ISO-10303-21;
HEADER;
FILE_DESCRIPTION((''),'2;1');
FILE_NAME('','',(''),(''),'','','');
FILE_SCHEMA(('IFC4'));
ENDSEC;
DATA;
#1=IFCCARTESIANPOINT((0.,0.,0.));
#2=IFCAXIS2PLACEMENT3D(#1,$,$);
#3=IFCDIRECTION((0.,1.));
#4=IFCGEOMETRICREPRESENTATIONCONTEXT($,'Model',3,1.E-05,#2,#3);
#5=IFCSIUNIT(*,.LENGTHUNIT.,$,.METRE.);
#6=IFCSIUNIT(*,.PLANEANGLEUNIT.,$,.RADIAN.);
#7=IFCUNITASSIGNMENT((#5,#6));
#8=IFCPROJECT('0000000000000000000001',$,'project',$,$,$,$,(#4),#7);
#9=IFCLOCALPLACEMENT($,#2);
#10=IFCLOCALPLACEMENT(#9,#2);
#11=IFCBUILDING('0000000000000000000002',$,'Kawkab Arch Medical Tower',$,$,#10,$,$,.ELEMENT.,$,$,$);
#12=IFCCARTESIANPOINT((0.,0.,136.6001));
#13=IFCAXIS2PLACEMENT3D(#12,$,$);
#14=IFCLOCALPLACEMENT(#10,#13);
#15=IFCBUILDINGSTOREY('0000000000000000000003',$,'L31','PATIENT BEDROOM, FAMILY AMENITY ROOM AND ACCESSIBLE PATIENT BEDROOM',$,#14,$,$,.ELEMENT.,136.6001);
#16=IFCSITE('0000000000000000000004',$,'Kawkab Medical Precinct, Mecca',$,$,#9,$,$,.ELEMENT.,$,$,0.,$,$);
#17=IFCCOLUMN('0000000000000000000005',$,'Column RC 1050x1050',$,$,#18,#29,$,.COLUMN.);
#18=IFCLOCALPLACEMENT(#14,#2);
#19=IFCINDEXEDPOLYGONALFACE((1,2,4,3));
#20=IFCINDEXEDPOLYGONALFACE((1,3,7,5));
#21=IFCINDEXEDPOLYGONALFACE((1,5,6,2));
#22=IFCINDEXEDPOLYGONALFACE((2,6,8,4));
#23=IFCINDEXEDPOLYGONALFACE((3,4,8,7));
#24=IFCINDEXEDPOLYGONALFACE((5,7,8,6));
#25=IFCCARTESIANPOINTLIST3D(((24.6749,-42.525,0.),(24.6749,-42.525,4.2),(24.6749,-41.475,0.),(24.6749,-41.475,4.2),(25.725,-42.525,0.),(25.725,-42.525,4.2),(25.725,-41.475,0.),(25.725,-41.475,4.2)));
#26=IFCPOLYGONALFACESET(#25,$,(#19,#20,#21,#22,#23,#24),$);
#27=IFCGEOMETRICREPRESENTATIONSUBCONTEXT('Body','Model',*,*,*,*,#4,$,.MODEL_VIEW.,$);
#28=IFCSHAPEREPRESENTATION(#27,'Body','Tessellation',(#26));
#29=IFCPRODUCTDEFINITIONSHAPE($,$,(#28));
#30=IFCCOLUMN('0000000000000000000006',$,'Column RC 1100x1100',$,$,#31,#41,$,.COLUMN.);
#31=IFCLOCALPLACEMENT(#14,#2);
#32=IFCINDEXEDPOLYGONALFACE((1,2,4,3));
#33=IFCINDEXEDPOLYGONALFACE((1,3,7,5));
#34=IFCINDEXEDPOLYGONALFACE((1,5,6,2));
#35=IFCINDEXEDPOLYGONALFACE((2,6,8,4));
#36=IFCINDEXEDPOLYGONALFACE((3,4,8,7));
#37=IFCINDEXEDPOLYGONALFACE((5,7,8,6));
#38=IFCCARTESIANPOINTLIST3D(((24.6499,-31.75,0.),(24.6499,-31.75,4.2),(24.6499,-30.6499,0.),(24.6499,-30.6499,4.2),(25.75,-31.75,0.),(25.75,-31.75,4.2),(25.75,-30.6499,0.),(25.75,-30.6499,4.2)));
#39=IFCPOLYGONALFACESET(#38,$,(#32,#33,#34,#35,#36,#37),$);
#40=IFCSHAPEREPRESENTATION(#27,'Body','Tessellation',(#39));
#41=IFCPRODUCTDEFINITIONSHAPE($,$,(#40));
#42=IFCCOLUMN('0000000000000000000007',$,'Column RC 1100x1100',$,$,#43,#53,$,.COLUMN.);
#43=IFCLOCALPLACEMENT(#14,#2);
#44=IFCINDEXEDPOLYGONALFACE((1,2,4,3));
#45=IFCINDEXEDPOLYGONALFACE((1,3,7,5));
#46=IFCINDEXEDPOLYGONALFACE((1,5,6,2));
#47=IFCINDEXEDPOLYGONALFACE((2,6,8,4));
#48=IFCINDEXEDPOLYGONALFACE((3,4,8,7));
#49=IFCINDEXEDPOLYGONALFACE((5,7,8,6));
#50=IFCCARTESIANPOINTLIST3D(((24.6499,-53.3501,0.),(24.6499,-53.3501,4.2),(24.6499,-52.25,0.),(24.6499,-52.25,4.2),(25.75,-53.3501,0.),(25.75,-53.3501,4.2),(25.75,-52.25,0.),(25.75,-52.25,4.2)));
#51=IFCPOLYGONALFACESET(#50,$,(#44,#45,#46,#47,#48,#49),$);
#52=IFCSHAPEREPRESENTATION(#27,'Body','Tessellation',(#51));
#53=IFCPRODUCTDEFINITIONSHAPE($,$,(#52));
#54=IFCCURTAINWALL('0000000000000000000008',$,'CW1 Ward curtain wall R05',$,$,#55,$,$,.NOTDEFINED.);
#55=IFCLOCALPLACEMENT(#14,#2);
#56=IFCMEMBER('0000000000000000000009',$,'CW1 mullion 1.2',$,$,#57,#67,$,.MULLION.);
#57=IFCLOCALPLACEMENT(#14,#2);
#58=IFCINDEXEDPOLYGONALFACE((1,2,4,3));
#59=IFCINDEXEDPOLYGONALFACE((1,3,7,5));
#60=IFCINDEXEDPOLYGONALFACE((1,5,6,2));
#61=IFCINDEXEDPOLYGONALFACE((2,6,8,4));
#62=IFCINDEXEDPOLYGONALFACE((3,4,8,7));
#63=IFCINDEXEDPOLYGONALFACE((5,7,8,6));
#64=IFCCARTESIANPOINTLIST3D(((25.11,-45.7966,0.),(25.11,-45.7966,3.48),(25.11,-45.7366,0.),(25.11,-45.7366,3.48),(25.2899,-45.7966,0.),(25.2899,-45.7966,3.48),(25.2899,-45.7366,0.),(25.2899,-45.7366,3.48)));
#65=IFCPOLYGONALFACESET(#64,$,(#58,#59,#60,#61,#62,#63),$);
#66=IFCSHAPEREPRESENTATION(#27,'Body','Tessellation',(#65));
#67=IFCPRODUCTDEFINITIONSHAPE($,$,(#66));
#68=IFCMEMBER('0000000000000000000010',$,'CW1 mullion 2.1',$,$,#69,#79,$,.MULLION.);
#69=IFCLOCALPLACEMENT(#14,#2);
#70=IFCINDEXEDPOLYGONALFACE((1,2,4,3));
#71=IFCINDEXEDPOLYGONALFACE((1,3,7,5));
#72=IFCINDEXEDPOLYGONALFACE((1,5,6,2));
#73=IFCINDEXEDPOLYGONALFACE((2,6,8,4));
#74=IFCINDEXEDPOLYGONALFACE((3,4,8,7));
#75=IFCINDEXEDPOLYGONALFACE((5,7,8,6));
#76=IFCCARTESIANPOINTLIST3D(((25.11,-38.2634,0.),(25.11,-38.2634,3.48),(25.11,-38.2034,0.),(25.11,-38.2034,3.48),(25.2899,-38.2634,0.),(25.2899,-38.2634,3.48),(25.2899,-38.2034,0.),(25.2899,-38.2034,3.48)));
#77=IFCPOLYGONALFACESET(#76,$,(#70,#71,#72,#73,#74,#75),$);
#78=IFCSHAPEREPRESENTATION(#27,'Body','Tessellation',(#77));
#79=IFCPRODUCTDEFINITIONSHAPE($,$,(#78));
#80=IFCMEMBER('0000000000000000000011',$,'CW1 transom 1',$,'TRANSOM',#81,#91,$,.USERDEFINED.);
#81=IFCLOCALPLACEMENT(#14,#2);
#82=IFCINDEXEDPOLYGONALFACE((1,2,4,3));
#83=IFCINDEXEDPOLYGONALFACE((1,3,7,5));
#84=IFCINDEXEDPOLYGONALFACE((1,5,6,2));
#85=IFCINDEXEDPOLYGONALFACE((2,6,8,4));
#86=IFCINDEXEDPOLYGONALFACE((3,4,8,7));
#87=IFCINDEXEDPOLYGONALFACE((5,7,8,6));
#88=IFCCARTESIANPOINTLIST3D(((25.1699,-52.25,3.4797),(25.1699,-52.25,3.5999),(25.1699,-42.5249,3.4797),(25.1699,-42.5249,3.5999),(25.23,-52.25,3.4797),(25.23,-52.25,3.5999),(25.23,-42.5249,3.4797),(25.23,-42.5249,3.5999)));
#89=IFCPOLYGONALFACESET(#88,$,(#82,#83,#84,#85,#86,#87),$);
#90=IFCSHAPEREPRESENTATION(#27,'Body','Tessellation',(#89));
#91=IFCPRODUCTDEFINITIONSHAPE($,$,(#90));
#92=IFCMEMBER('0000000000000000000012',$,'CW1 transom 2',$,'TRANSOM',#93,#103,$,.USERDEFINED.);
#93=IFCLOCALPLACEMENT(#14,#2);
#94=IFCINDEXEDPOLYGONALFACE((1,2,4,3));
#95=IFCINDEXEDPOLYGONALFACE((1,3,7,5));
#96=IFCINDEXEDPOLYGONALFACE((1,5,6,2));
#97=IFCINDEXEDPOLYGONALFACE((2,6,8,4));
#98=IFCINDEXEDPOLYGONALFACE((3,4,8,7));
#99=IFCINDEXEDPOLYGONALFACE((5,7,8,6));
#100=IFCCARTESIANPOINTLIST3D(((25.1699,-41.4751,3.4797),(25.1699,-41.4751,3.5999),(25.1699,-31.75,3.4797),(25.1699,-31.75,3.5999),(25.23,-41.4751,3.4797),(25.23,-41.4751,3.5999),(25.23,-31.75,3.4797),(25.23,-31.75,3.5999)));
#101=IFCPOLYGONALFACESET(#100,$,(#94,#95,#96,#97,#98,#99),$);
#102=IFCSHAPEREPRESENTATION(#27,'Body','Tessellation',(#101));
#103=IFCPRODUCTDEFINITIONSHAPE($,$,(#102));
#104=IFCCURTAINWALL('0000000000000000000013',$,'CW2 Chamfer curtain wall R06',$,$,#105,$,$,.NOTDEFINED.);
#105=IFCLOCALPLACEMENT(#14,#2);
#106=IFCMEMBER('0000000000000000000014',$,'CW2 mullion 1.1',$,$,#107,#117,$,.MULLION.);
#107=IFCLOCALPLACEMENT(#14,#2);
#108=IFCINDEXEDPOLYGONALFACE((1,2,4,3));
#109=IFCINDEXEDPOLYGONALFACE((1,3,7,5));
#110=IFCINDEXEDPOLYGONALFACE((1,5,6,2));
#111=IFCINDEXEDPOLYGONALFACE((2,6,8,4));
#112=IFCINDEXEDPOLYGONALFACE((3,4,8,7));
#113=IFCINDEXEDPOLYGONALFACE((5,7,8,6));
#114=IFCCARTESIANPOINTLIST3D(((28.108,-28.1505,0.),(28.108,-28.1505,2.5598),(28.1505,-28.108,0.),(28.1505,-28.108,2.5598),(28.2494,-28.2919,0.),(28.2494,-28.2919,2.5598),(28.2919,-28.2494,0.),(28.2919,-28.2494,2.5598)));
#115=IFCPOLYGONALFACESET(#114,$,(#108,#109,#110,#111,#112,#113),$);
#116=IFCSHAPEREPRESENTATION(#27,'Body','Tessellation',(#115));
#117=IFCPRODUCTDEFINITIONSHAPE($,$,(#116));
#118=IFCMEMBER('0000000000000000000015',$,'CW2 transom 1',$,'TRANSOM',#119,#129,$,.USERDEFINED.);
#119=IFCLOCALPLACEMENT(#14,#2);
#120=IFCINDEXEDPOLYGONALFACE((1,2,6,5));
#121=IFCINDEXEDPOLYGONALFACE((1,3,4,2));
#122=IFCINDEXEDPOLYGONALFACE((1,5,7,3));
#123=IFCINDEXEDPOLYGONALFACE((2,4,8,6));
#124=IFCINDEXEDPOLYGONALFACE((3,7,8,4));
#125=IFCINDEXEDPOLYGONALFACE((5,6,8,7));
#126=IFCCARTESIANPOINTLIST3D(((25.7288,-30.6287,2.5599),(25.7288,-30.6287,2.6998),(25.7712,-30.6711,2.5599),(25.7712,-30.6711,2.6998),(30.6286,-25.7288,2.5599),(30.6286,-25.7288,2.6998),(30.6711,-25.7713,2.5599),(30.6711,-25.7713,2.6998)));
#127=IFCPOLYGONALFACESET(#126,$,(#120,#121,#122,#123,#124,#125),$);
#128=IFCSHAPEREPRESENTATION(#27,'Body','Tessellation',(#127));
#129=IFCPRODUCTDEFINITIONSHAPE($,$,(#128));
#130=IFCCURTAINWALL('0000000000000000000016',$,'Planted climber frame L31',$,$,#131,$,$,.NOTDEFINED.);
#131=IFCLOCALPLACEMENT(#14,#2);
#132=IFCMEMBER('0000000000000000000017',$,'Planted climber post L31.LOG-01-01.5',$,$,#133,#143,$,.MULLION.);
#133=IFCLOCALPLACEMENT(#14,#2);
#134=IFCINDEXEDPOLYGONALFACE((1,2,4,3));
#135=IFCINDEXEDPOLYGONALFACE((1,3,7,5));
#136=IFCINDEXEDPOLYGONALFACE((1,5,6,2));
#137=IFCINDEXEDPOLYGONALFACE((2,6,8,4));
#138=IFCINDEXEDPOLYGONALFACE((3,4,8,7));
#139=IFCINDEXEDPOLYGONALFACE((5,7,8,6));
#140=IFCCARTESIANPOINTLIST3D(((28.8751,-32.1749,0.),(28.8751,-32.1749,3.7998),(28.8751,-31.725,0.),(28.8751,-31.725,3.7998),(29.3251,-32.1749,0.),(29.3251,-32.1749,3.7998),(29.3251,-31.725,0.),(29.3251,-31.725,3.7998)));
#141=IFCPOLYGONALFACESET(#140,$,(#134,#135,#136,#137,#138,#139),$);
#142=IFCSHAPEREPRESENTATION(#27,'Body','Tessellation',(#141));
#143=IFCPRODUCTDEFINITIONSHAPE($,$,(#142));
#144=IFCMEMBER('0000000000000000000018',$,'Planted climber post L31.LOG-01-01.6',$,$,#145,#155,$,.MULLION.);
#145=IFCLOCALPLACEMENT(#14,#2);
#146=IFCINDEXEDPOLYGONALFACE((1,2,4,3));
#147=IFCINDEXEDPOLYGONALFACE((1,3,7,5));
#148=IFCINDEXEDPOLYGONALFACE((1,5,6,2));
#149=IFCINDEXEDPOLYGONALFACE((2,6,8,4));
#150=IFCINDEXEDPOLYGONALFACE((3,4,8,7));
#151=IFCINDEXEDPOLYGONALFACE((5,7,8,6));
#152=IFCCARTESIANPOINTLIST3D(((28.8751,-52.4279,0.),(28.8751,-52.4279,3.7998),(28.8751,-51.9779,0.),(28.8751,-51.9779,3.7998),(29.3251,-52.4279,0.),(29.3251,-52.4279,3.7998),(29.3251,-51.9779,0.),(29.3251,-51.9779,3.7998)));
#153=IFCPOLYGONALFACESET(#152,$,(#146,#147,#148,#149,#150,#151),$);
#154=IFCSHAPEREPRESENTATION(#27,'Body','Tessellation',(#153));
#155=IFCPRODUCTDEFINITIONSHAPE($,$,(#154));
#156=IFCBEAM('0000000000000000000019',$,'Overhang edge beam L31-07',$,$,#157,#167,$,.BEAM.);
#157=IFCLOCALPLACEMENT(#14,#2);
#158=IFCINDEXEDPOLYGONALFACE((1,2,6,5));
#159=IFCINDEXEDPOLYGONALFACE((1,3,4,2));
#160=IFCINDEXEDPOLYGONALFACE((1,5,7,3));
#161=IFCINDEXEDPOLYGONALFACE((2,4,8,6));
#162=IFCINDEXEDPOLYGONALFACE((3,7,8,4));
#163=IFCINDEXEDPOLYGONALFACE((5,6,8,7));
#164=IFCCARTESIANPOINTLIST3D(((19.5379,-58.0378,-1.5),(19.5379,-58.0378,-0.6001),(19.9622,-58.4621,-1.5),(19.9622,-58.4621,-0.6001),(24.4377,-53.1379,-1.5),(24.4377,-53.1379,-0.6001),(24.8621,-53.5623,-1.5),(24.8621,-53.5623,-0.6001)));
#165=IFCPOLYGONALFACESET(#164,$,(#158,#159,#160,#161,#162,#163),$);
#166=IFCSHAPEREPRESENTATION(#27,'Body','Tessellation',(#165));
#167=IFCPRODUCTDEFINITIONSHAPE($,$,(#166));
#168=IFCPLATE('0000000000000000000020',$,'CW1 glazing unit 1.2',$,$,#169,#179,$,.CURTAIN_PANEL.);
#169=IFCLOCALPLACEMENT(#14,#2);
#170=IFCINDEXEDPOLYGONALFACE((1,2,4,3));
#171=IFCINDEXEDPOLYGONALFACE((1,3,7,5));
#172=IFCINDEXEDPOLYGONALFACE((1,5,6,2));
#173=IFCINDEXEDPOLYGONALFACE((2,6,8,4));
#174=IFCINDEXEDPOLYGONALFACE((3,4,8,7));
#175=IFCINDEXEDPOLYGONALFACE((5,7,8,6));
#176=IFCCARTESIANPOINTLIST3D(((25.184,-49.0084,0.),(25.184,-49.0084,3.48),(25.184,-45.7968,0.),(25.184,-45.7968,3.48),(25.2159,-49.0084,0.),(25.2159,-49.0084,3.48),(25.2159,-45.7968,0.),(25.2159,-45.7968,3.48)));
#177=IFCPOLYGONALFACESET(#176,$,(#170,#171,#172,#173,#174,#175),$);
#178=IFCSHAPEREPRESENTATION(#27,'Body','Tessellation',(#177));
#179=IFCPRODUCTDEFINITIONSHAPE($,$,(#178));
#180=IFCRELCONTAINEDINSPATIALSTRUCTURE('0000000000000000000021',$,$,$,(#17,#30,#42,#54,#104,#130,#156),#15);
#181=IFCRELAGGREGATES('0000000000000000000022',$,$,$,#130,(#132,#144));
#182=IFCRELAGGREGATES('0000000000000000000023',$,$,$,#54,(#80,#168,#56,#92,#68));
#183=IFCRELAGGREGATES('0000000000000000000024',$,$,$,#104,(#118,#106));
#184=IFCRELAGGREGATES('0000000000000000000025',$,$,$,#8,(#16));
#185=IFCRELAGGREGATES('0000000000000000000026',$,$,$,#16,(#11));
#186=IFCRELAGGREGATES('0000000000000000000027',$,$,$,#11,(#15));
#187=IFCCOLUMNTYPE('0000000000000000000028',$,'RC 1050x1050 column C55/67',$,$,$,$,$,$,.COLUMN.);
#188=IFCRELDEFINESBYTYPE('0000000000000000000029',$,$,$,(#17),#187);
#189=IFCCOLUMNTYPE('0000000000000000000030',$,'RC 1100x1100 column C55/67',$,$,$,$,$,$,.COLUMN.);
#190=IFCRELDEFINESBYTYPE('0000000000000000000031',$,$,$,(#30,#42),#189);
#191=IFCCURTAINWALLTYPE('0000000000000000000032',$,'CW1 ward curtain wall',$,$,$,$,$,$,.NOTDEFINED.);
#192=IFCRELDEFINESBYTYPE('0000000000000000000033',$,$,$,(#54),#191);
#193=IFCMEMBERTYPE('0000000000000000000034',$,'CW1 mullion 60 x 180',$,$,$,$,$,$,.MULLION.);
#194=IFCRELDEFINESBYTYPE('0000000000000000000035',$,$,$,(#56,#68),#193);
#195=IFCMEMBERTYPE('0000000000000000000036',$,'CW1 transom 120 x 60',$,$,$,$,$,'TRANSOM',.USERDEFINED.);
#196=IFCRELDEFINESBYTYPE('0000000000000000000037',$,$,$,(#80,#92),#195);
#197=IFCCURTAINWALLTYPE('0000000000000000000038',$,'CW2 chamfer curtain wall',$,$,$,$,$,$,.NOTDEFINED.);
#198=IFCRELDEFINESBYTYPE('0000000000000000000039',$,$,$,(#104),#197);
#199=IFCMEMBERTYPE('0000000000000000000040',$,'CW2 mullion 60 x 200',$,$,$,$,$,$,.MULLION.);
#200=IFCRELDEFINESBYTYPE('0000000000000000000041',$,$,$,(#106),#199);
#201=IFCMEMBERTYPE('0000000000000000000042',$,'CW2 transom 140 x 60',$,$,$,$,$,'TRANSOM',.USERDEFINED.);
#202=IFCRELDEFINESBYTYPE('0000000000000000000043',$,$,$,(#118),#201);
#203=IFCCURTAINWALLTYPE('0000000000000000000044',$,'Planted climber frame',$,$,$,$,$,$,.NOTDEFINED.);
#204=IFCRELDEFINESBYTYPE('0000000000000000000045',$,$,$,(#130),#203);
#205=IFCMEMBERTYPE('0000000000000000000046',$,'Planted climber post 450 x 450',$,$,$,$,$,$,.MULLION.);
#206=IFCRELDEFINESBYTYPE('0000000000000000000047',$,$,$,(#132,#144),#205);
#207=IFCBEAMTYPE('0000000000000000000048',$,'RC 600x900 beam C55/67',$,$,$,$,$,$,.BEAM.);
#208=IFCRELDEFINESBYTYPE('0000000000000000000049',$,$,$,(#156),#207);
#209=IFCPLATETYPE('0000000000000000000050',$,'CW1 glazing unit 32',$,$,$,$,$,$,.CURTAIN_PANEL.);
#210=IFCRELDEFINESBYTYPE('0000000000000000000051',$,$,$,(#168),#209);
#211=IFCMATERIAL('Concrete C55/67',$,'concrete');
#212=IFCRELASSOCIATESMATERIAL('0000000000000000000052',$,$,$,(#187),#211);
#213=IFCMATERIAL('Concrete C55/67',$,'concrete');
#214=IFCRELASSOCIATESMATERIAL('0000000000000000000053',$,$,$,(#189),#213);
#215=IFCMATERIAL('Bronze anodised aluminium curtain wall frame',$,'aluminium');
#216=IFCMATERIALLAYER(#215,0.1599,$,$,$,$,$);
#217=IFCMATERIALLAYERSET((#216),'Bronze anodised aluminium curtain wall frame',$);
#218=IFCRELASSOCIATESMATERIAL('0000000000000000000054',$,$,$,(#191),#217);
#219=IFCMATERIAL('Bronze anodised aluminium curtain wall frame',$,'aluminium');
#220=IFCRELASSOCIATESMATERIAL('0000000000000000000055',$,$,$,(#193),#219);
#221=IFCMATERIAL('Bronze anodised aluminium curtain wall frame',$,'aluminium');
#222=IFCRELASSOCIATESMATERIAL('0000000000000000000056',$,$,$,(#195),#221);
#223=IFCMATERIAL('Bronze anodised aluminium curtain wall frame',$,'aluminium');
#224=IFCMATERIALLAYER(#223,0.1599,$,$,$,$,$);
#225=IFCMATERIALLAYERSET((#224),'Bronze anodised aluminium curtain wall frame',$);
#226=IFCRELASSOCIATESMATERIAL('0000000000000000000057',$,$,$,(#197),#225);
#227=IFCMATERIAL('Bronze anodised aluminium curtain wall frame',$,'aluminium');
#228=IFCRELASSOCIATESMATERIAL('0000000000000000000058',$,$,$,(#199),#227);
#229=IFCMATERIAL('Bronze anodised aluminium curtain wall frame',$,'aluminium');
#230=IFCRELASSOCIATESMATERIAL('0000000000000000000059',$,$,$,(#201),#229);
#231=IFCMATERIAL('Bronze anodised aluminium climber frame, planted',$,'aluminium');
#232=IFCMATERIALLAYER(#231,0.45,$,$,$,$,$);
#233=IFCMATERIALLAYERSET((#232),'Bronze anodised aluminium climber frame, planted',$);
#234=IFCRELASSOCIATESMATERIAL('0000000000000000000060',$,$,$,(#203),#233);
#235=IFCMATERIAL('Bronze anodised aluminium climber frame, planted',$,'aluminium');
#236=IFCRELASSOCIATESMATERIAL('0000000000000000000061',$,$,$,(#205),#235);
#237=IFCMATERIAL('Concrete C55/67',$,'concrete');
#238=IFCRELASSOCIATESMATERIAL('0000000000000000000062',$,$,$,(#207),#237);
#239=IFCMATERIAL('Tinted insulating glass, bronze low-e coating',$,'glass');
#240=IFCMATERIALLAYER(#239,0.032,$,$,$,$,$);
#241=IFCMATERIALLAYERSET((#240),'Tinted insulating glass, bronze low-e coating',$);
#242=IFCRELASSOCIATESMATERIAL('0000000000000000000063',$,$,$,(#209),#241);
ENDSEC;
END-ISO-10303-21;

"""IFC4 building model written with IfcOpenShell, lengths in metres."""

from ifc_helpers import new_model, si_unit, direction, frame, origin, origin_2d, place, context, subcontext, project, spatial, rectangle, extrude, material, layer, layer_set, material_profile, profile_set, type_object, element, aggregate, save


model = new_model("IFC4")

# Units and contexts
model_context = context("Model", 3, precision=1e-05, world=origin(), true_north=direction((0.0, 1.0)))
body_context = subcontext(model_context, "Body", "Model", "MODEL_VIEW")
ifc_project = project(units=[si_unit("LENGTHUNIT", "METRE"), si_unit("PLANEANGLEUNIT", "RADIAN")], contexts=[model_context])

# Site, building, storey
site_placement = place(None, origin())
site = spatial("IfcSite", under=ifc_project, at=site_placement, Name="Kawkab Medical Precinct, Mecca", CompositionType="ELEMENT", RefElevation=0.0)
building_placement = place(site_placement, origin())
building = spatial("IfcBuilding", under=site, at=building_placement, Name="Kawkab Arch Medical Tower", CompositionType="ELEMENT")
storey_placement = place(building_placement, frame((0.0, 0.0, 136.6001)))
storey = spatial("IfcBuildingStorey", under=building, at=storey_placement, Name="L31", Description="PATIENT BEDROOM, FAMILY AMENITY ROOM AND ACCESSIBLE PATIENT BEDROOM", CompositionType="ELEMENT", Elevation=136.6001)

# Columns
ifc_material_1 = material(Name="Concrete C55/67", Category="concrete")
ifc_material_profile_1 = material_profile(ifc_material_1, rectangle(XDim=1.05, YDim=1.05, at=origin_2d()), Name="RC 1050x1050")
ifc_profile_set_1 = profile_set([ifc_material_profile_1], Name="Concrete C55/67")
column_type_1 = type_object("IfcColumnType", Name="RC 1050x1050 column C55/67", PredefinedType="COLUMN", material=ifc_profile_set_1)
column_placement = place(storey_placement, frame((25.2, -42.0, 0.0), z_axis=(0.0, 0.0, 1.0), x_axis=(1.0, 0.0, 0.0)))
element("IfcColumn", 1, at=column_placement, inside=storey, type_object=column_type_1, Name="Column RC 1050x1050", PredefinedType="COLUMN", context=body_context, shape_type="SweptSolid", body=[
    extrude(rectangle(XDim=1.05, YDim=1.05, at=origin_2d()), origin(), (0.0, 0.0, 1.0), 4.2),
])
ifc_material_2 = material(Name="Concrete C55/67", Category="concrete")
ifc_material_profile_2 = material_profile(ifc_material_2, rectangle(XDim=1.1001, YDim=1.1001, at=origin_2d()), Name="RC 1100x1100")
ifc_profile_set_2 = profile_set([ifc_material_profile_2], Name="Concrete C55/67")
column_type_2 = type_object("IfcColumnType", Name="RC 1100x1100 column C55/67", PredefinedType="COLUMN", material=ifc_profile_set_2)
for number, where, z_axis, x_axis, name in (
    (2, (25.2, -31.2, 0.0), (0.0, 0.0, 1.0), (1.0, 0.0, 0.0), "Column RC 1100x1100"),
    (3, (25.2, -52.8, 0.0), (0.0, 0.0, 1.0), (1.0, 0.0, 0.0), "Column RC 1100x1100"),
):
    element("IfcColumn", number, at=place(storey_placement, frame(where, z_axis=z_axis, x_axis=x_axis)), inside=storey, type_object=column_type_2, Name=name, PredefinedType="COLUMN", context=body_context, shape_type="SweptSolid", body=[
        extrude(rectangle(XDim=1.1001, YDim=1.1001, at=origin_2d()), origin(), (0.0, 0.0, 1.0), 4.2),
    ])

# Curtain walls, members
ifc_material_3 = material(Name="Bronze anodised aluminium curtain wall frame", Category="aluminium")
ifc_layer_1 = layer(ifc_material_3, 0.1599)
ifc_layer_set_1 = layer_set([ifc_layer_1], Name="Bronze anodised aluminium curtain wall frame")
curtain_wall_type_1 = type_object("IfcCurtainWallType", Name="CW1 ward curtain wall", PredefinedType="NOTDEFINED", material=ifc_layer_set_1)
placement = place(storey_placement, origin())
curtain_wall_1 = element("IfcCurtainWall", 4, at=placement, inside=storey, type_object=curtain_wall_type_1, Name="CW1 Ward curtain wall R05", PredefinedType="NOTDEFINED")
ifc_material_4 = material(Name="Bronze anodised aluminium curtain wall frame", Category="aluminium")
ifc_material_profile_3 = material_profile(ifc_material_4, rectangle(XDim=0.1799, YDim=0.0601, at=origin_2d()), Name="AL 60x180")
ifc_profile_set_3 = profile_set([ifc_material_profile_3], Name="Bronze anodised aluminium curtain wall frame")
member_type_1 = type_object("IfcMemberType", Name="CW1 mullion 60 x 180", PredefinedType="MULLION", material=ifc_profile_set_3)
member_1_placement = place(storey_placement, frame((25.2, -45.7666, 0.0), z_axis=(0.0, 0.0, 1.0), x_axis=(-1.0, 0.0, 0.0)))
member_1 = element("IfcMember", 5, at=member_1_placement, type_object=member_type_1, Name="CW1 mullion 1.2", PredefinedType="MULLION", context=body_context, shape_type="SweptSolid", body=[
    extrude(rectangle(XDim=0.1799, YDim=0.0601, at=origin_2d()), origin(), (0.0, 0.0, 1.0), 3.48),
])
member_2_placement = place(storey_placement, frame((25.2, -38.2334, 0.0), z_axis=(0.0, 0.0, 1.0), x_axis=(-1.0, 0.0, 0.0)))
member_2 = element("IfcMember", 6, at=member_2_placement, type_object=member_type_1, Name="CW1 mullion 2.1", PredefinedType="MULLION", context=body_context, shape_type="SweptSolid", body=[
    extrude(rectangle(XDim=0.1799, YDim=0.0601, at=origin_2d()), origin(), (0.0, 0.0, 1.0), 3.48),
])
ifc_material_5 = material(Name="Bronze anodised aluminium curtain wall frame", Category="aluminium")
ifc_material_profile_4 = material_profile(ifc_material_5, rectangle(XDim=0.0601, YDim=0.1201, at=origin_2d()), Name="AL 60x120")
ifc_profile_set_4 = profile_set([ifc_material_profile_4], Name="Bronze anodised aluminium curtain wall frame")
member_type_2 = type_object("IfcMemberType", Name="CW1 transom 120 x 60", ElementType="TRANSOM", PredefinedType="USERDEFINED", material=ifc_profile_set_4)
member_3_placement = place(storey_placement, frame((25.2, -52.25, 3.5398), z_axis=(0.0, 1.0, 0.0), x_axis=(-1.0, 0.0, 0.0)))
member_3 = element("IfcMember", 7, at=member_3_placement, type_object=member_type_2, Name="CW1 transom 1", ObjectType="TRANSOM", PredefinedType="USERDEFINED", context=body_context, shape_type="SweptSolid", body=[
    extrude(rectangle(XDim=0.0601, YDim=0.1201, at=origin_2d()), origin(), (0.0, 0.0, 1.0), 9.7251),
])
member_4_placement = place(storey_placement, frame((25.2, -41.4751, 3.5398), z_axis=(0.0, 1.0, 0.0), x_axis=(-1.0, 0.0, 0.0)))
member_4 = element("IfcMember", 8, at=member_4_placement, type_object=member_type_2, Name="CW1 transom 2", ObjectType="TRANSOM", PredefinedType="USERDEFINED", context=body_context, shape_type="SweptSolid", body=[
    extrude(rectangle(XDim=0.0601, YDim=0.1201, at=origin_2d()), origin(), (0.0, 0.0, 1.0), 9.7251),
])
ifc_material_6 = material(Name="Bronze anodised aluminium curtain wall frame", Category="aluminium")
ifc_layer_2 = layer(ifc_material_6, 0.1599)
ifc_layer_set_2 = layer_set([ifc_layer_2], Name="Bronze anodised aluminium curtain wall frame")
curtain_wall_type_2 = type_object("IfcCurtainWallType", Name="CW2 chamfer curtain wall", PredefinedType="NOTDEFINED", material=ifc_layer_set_2)
curtain_wall_2 = element("IfcCurtainWall", 9, at=placement, inside=storey, type_object=curtain_wall_type_2, Name="CW2 Chamfer curtain wall R06", PredefinedType="NOTDEFINED")
ifc_material_7 = material(Name="Bronze anodised aluminium curtain wall frame", Category="aluminium")
ifc_material_profile_5 = material_profile(ifc_material_7, rectangle(XDim=0.2, YDim=0.0601, at=origin_2d()), Name="AL 60x200")
ifc_profile_set_5 = profile_set([ifc_material_profile_5], Name="Bronze anodised aluminium curtain wall frame")
member_type_3 = type_object("IfcMemberType", Name="CW2 mullion 60 x 200", PredefinedType="MULLION", material=ifc_profile_set_5)
member_5_placement = place(storey_placement, frame((28.2, -28.2, 0.0), z_axis=(0.0, 0.0, 1.0), x_axis=(-0.707107, 0.707107, 0.0)))
member_5 = element("IfcMember", 10, at=member_5_placement, type_object=member_type_3, Name="CW2 mullion 1.1", PredefinedType="MULLION", context=body_context, shape_type="SweptSolid", body=[
    extrude(rectangle(XDim=0.2, YDim=0.0601, at=origin_2d()), origin(), (0.0, 0.0, 1.0), 2.5598),
])
ifc_material_8 = material(Name="Bronze anodised aluminium curtain wall frame", Category="aluminium")
ifc_material_profile_6 = material_profile(ifc_material_8, rectangle(XDim=0.0601, YDim=0.1399, at=origin_2d()), Name="AL 60x140")
ifc_profile_set_6 = profile_set([ifc_material_profile_6], Name="Bronze anodised aluminium curtain wall frame")
member_type_4 = type_object("IfcMemberType", Name="CW2 transom 140 x 60", ElementType="TRANSOM", PredefinedType="USERDEFINED", material=ifc_profile_set_6)
member_6_placement = place(storey_placement, frame((25.75, -30.6499, 2.6299), z_axis=(0.707107, 0.707107, 0.0), x_axis=(-0.707107, 0.707107, 0.0)))
member_6 = element("IfcMember", 11, at=member_6_placement, type_object=member_type_4, Name="CW2 transom 1", ObjectType="TRANSOM", PredefinedType="USERDEFINED", context=body_context, shape_type="SweptSolid", body=[
    extrude(rectangle(XDim=0.0601, YDim=0.1399, at=origin_2d()), origin(), (0.0, 0.0, 1.0), 6.9294),
])
ifc_material_9 = material(Name="Bronze anodised aluminium climber frame, planted", Category="aluminium")
ifc_layer_3 = layer(ifc_material_9, 0.45)
ifc_layer_set_3 = layer_set([ifc_layer_3], Name="Bronze anodised aluminium climber frame, planted")
curtain_wall_type_3 = type_object("IfcCurtainWallType", Name="Planted climber frame", PredefinedType="NOTDEFINED", material=ifc_layer_set_3)
curtain_wall_3 = element("IfcCurtainWall", 12, at=placement, inside=storey, type_object=curtain_wall_type_3, Name="Planted climber frame L31", PredefinedType="NOTDEFINED")
ifc_material_10 = material(Name="Bronze anodised aluminium climber frame, planted", Category="aluminium")
ifc_material_profile_7 = material_profile(ifc_material_10, rectangle(XDim=0.45, YDim=0.45, at=origin_2d()), Name="Post 450x450")
ifc_profile_set_7 = profile_set([ifc_material_profile_7], Name="Bronze anodised aluminium climber frame, planted")
member_type_5 = type_object("IfcMemberType", Name="Planted climber post 450 x 450", PredefinedType="MULLION", material=ifc_profile_set_7)
member_7_placement = place(storey_placement, frame((29.1001, -31.95, 0.0), z_axis=(0.0, 0.0, 1.0), x_axis=(1.0, 0.0, 0.0)))
member_7 = element("IfcMember", 13, at=member_7_placement, type_object=member_type_5, Name="Planted climber post L31.LOG-01-01.5", PredefinedType="MULLION", context=body_context, shape_type="SweptSolid", body=[
    extrude(rectangle(XDim=0.45, YDim=0.45, at=origin_2d()), origin(), (0.0, 0.0, 1.0), 3.7998),
])
member_8_placement = place(storey_placement, frame((29.1001, -52.2029, 0.0), z_axis=(0.0, 0.0, 1.0), x_axis=(1.0, 0.0, 0.0)))
member_8 = element("IfcMember", 14, at=member_8_placement, type_object=member_type_5, Name="Planted climber post L31.LOG-01-01.6", PredefinedType="MULLION", context=body_context, shape_type="SweptSolid", body=[
    extrude(rectangle(XDim=0.45, YDim=0.45, at=origin_2d()), origin(), (0.0, 0.0, 1.0), 3.7998),
])
aggregate(curtain_wall_3, [member_7, member_8])

# Beam
ifc_material_11 = material(Name="Concrete C55/67", Category="concrete")
ifc_material_profile_8 = material_profile(ifc_material_11, rectangle(XDim=0.6001, YDim=0.8999, at=origin_2d()), Name="RC 600x900")
ifc_profile_set_8 = profile_set([ifc_material_profile_8], Name="Concrete C55/67")
beam_type = type_object("IfcBeamType", Name="RC 600x900 beam C55/67", PredefinedType="BEAM", material=ifc_profile_set_8)
beam_placement = place(storey_placement, frame((24.6499, -53.3501, -1.05), z_axis=(-0.707107, -0.707107, 0.0), x_axis=(0.707107, -0.707107, 0.0)))
element("IfcBeam", 15, at=beam_placement, inside=storey, type_object=beam_type, Name="Overhang edge beam L31-07", PredefinedType="BEAM", context=body_context, shape_type="SweptSolid", body=[
    extrude(rectangle(XDim=0.6001, YDim=0.8999, at=origin_2d()), origin(), (0.0, 0.0, 1.0), 6.9294),
])

# Plate
ifc_material_12 = material(Name="Tinted insulating glass, bronze low-e coating", Category="glass")
ifc_layer_4 = layer(ifc_material_12, 0.032)
ifc_layer_set_4 = layer_set([ifc_layer_4], Name="Tinted insulating glass, bronze low-e coating")
plate_type_1 = type_object("IfcPlateType", Name="CW1 glazing unit 32", PredefinedType="CURTAIN_PANEL", material=ifc_layer_set_4)
plate_1_placement = place(storey_placement, frame((25.2, -47.4026, 0.0), z_axis=(0.0, 0.0, 1.0), x_axis=(0.0, 1.0, 0.0)))
plate_1 = element("IfcPlate", 16, at=plate_1_placement, type_object=plate_type_1, Name="CW1 glazing unit 1.2", PredefinedType="CURTAIN_PANEL", context=body_context, shape_type="SweptSolid", body=[
    extrude(rectangle(XDim=3.2117, YDim=0.032, at=origin_2d()), origin(), (0.0, 0.0, 1.0), 3.48),
])
aggregate(curtain_wall_1, [member_3, plate_1, member_1, member_4, member_2])
aggregate(curtain_wall_2, [member_6, member_5])

save(model, "model.ifc")
